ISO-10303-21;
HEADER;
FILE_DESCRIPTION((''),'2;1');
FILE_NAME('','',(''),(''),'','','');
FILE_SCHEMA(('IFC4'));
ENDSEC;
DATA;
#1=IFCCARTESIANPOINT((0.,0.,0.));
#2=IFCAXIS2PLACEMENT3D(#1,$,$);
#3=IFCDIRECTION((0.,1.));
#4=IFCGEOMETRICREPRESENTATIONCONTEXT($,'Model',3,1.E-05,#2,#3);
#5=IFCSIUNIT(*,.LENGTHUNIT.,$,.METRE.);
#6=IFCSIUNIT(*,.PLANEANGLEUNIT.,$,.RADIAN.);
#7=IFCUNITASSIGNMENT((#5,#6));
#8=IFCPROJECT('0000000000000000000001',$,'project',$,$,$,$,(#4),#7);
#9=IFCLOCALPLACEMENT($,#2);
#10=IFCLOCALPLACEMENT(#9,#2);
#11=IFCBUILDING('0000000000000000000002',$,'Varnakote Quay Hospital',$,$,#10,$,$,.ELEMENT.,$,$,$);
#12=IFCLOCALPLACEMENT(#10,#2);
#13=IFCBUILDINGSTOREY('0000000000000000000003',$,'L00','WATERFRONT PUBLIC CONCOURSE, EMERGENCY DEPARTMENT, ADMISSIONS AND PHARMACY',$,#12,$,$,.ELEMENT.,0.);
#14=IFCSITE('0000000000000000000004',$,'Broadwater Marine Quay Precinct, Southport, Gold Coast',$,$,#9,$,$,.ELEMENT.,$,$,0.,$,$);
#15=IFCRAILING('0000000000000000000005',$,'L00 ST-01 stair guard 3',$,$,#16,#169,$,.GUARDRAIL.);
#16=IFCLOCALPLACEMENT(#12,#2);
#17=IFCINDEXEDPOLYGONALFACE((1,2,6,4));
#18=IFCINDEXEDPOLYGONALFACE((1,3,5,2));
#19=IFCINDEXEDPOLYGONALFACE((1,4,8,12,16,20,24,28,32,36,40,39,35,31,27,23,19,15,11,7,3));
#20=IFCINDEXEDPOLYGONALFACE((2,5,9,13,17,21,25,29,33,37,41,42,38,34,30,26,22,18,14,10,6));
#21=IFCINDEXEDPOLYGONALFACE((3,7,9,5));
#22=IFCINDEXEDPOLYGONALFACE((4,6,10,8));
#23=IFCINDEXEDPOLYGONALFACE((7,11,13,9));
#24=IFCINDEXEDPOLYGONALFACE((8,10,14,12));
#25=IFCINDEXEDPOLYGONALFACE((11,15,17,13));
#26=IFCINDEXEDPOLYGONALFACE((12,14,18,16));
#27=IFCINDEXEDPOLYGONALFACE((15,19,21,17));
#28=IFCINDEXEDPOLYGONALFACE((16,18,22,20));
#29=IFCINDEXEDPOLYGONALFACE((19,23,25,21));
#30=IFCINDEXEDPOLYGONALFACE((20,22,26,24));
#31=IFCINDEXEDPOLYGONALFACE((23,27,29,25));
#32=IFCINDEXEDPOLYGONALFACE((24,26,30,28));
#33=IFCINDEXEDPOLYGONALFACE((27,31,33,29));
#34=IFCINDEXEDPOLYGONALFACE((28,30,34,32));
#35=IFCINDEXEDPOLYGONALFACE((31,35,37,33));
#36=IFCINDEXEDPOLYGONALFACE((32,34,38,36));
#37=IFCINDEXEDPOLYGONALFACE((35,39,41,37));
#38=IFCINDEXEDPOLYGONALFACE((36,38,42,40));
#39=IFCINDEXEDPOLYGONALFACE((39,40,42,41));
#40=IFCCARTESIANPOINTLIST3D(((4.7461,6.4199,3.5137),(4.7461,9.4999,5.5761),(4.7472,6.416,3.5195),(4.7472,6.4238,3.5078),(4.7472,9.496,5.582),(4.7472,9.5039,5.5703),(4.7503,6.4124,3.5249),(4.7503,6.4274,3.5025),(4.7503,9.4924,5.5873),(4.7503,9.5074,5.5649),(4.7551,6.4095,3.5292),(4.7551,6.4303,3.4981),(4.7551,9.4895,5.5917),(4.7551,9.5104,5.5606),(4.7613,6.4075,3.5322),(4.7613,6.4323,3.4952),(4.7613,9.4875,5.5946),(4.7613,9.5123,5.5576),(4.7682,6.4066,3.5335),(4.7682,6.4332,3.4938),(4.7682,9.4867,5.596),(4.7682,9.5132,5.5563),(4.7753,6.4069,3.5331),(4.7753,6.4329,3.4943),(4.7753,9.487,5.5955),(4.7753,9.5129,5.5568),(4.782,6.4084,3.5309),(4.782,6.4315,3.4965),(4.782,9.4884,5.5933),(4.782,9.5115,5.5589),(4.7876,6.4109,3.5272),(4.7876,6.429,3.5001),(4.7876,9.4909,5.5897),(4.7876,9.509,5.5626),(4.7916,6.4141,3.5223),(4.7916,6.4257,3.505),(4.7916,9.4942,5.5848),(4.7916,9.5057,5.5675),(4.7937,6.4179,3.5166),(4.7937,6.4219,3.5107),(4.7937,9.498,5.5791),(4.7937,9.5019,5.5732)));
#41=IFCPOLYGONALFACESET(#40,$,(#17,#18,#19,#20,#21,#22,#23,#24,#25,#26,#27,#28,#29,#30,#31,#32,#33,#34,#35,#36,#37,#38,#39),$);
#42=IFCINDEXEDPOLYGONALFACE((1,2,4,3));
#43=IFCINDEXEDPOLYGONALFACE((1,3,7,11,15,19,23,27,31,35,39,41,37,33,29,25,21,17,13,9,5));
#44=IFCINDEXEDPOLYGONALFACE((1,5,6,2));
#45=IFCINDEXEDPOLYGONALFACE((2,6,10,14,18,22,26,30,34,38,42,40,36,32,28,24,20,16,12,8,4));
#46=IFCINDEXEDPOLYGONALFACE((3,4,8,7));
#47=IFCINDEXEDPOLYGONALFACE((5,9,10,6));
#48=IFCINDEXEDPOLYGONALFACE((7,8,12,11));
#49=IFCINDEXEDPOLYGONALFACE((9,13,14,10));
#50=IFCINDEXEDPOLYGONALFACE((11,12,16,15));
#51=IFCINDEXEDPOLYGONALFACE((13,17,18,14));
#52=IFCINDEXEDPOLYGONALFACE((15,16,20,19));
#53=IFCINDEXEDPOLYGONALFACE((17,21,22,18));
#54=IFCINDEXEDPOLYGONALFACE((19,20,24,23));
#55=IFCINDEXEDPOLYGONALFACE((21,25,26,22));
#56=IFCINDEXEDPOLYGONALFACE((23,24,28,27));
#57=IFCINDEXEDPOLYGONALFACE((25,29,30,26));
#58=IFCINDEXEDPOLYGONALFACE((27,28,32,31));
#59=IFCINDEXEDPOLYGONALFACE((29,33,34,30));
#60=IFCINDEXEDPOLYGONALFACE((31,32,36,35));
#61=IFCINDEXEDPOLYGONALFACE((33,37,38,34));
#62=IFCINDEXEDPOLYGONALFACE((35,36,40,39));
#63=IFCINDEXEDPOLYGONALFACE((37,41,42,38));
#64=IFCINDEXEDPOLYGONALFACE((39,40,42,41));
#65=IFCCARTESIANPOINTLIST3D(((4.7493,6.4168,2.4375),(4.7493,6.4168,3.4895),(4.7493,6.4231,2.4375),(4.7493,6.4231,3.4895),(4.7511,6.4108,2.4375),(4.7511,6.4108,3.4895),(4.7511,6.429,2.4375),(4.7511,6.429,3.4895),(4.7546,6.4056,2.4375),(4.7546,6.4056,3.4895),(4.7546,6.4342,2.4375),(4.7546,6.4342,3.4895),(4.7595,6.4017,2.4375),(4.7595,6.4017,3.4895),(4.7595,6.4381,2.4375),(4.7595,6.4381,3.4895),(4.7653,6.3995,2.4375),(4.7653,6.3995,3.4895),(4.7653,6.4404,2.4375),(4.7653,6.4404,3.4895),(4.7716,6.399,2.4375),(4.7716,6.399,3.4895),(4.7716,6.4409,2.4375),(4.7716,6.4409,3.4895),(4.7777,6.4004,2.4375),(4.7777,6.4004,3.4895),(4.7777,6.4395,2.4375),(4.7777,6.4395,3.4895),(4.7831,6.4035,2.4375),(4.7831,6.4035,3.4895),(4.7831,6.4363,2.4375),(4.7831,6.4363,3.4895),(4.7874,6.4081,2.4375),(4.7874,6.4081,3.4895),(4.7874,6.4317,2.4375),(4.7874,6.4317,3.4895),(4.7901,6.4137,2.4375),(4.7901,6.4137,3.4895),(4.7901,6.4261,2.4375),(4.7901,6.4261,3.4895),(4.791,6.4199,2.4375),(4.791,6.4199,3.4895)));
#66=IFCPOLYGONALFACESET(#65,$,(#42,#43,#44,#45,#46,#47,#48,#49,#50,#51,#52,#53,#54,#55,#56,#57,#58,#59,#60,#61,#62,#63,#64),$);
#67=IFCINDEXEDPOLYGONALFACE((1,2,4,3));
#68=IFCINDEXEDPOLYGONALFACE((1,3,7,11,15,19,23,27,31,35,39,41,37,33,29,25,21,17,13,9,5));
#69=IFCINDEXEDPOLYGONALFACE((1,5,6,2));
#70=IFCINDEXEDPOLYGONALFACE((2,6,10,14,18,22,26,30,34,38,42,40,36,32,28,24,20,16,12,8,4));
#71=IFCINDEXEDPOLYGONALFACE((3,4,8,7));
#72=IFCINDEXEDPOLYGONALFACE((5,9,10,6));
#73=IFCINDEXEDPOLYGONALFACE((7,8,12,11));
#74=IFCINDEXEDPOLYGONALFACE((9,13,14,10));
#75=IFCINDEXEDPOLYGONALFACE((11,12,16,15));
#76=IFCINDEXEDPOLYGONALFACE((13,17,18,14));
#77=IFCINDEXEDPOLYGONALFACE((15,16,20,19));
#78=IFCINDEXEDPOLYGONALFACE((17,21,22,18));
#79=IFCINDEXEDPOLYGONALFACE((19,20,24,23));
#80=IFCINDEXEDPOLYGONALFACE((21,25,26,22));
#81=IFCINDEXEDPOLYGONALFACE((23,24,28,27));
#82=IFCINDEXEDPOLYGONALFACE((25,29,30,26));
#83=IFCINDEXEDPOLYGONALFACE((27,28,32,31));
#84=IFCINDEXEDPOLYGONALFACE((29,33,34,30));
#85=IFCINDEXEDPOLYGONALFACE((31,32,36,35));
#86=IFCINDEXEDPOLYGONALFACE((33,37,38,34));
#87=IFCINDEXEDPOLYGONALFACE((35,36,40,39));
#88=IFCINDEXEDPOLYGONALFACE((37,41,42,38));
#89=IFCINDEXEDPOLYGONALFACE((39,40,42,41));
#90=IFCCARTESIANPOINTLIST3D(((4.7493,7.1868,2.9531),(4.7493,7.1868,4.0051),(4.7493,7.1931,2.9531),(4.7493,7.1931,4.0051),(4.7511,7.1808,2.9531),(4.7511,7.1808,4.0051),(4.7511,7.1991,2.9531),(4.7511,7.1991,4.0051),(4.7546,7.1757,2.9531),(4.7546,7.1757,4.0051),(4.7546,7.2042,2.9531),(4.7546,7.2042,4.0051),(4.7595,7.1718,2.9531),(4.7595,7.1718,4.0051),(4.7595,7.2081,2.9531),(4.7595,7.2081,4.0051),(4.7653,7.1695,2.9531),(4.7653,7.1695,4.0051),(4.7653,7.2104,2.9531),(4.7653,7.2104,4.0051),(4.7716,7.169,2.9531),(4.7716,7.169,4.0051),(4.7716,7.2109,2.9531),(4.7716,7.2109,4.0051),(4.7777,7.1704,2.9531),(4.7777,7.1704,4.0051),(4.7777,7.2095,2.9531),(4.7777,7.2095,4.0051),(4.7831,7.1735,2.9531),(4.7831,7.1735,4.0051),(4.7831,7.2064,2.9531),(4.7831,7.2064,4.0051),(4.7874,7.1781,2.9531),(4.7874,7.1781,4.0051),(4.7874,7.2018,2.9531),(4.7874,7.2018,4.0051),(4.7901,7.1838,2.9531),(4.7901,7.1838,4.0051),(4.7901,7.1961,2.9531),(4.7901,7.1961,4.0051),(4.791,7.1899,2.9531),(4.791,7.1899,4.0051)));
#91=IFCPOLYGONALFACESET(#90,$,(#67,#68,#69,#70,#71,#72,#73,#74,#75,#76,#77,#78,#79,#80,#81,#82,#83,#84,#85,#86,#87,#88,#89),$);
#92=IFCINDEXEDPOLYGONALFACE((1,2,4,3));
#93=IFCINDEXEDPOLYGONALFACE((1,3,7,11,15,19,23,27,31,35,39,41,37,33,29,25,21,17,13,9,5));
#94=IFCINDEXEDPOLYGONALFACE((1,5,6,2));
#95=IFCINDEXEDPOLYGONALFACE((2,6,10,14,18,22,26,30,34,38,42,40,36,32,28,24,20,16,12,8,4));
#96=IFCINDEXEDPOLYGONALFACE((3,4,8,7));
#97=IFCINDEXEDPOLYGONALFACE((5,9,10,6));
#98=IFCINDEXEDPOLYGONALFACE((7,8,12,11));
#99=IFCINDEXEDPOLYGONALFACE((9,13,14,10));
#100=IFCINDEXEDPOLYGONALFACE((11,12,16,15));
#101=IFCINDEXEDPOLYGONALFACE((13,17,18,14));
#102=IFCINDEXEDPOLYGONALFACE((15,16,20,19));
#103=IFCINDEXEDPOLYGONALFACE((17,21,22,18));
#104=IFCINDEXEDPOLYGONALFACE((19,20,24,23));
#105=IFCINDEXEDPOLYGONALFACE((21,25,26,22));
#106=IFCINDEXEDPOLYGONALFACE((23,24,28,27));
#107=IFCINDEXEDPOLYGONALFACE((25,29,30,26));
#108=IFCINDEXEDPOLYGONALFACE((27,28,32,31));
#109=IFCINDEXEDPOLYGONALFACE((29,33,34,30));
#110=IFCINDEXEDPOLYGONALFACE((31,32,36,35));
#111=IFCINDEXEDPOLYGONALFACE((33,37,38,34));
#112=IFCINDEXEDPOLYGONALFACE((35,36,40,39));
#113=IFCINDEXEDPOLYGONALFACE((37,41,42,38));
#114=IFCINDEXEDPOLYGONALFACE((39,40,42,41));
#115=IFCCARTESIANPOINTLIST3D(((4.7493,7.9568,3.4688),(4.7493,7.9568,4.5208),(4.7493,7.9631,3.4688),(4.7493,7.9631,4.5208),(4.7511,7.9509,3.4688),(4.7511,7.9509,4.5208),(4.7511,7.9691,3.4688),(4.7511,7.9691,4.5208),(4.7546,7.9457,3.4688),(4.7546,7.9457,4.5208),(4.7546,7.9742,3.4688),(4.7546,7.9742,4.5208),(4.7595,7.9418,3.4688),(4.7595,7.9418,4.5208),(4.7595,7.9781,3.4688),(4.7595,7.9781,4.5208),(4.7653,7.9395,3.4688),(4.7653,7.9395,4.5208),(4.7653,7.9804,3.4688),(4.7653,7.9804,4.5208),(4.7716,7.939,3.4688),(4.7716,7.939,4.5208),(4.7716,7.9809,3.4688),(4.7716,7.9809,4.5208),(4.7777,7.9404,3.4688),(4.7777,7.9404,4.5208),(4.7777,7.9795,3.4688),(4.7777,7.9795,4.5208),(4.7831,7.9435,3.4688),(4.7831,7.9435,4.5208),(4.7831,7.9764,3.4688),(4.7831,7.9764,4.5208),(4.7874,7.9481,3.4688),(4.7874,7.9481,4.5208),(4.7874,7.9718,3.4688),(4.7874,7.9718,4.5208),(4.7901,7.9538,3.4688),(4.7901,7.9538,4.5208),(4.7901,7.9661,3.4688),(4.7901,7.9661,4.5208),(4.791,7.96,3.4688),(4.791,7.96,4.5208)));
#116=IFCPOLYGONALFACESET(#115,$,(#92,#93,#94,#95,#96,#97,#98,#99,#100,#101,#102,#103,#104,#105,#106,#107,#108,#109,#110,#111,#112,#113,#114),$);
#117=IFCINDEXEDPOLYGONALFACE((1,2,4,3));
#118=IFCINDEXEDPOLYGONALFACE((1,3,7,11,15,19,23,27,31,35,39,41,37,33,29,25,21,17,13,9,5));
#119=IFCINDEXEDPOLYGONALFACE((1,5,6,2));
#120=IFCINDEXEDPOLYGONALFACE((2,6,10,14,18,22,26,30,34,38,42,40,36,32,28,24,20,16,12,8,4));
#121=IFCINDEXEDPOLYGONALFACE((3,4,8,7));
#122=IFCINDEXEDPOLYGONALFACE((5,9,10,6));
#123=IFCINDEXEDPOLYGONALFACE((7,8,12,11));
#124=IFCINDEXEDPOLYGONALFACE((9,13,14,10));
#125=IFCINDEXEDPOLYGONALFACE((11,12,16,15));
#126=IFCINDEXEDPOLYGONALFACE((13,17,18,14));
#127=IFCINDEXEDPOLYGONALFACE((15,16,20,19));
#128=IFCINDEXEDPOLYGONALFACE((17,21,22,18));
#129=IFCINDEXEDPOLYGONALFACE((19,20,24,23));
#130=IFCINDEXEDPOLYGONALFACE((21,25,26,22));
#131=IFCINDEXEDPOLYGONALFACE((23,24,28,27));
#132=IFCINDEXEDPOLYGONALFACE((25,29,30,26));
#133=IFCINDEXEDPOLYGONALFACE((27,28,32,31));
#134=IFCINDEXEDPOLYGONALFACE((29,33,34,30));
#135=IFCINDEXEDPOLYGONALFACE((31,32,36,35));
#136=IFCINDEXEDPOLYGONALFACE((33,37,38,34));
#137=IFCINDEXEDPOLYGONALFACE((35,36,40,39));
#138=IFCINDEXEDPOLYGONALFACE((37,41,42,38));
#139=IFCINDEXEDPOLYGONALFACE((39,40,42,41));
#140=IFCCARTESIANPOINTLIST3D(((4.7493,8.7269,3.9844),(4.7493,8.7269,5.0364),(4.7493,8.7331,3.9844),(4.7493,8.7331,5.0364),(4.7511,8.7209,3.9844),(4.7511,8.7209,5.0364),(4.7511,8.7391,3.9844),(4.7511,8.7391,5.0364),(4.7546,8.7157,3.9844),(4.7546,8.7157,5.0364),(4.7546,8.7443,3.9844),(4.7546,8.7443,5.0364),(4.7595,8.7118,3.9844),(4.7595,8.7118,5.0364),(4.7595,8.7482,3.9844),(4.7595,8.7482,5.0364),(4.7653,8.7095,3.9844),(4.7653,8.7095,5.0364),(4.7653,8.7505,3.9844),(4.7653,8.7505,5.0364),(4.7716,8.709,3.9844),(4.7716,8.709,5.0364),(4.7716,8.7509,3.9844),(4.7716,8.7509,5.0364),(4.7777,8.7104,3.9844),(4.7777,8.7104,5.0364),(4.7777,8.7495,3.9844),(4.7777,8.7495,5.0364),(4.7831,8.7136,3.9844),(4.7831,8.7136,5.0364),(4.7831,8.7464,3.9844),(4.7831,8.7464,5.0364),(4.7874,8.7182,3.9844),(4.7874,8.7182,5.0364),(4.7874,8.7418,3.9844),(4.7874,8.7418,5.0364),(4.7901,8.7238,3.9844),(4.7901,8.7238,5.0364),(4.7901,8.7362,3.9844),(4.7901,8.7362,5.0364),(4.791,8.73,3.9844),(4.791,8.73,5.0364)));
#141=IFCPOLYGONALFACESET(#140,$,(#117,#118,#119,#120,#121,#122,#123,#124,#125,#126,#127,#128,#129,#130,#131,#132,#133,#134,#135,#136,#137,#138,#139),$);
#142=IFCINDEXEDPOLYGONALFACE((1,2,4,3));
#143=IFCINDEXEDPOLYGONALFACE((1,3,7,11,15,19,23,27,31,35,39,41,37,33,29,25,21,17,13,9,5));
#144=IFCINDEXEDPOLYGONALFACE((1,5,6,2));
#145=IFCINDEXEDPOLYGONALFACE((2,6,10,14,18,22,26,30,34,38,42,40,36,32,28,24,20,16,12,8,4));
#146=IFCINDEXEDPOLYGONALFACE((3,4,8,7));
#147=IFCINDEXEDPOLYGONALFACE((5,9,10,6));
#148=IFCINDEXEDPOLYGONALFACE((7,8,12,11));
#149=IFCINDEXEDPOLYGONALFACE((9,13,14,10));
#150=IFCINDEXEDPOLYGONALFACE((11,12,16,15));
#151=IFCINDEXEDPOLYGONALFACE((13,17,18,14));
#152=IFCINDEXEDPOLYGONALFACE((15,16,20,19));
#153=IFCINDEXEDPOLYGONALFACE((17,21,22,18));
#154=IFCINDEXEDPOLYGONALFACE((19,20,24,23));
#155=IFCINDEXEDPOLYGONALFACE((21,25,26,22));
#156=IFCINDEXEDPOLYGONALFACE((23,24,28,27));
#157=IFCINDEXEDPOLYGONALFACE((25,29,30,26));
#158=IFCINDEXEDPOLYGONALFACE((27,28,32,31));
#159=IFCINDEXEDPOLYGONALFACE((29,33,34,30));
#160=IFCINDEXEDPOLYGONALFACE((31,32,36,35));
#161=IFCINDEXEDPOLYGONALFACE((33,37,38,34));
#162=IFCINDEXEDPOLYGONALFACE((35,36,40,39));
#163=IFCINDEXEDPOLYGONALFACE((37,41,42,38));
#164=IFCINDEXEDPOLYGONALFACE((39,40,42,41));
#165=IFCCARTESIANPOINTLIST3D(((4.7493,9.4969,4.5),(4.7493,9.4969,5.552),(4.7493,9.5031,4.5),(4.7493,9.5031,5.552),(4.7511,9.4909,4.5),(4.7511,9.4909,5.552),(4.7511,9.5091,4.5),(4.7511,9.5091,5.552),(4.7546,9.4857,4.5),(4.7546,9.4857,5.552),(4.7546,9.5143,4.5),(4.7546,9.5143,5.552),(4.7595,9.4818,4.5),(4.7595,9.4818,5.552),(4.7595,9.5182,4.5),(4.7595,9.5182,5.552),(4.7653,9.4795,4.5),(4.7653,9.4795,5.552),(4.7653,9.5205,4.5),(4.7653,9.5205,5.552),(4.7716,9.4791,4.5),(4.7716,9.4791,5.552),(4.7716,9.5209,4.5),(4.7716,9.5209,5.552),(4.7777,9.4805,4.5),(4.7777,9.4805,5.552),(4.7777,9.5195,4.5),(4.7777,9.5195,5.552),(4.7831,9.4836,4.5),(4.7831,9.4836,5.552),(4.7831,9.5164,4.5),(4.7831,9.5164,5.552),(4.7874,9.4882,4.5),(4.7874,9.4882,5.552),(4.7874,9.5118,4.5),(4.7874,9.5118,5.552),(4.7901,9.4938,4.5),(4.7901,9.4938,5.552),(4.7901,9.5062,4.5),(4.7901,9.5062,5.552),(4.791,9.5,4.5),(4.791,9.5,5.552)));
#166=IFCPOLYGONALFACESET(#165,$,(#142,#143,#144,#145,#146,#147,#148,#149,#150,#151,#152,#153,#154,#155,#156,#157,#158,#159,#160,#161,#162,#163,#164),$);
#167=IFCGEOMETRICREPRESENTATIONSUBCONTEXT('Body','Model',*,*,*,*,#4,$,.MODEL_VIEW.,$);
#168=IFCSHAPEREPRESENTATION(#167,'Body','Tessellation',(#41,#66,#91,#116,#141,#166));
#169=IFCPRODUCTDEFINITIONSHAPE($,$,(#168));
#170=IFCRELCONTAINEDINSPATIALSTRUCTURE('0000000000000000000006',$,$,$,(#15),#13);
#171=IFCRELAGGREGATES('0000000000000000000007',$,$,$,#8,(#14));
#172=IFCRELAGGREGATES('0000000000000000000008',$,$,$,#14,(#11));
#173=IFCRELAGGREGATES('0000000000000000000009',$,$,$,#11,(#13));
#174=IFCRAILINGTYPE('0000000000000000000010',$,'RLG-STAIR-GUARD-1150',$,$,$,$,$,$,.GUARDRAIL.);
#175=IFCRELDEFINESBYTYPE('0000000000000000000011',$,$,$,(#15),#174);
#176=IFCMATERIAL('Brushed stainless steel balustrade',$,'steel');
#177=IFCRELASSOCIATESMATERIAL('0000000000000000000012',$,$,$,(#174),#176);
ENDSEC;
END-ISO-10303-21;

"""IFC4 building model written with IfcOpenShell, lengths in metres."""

from ifc_helpers import new_model, si_unit, direction, frame, origin, origin_2d, place, context, subcontext, project, spatial, circle, extrude, material, type_object, element, save


model = new_model("IFC4")

# Units and contexts
model_context = context("Model", 3, precision=1e-05, world=origin(), true_north=direction((0.0, 1.0)))
body_context = subcontext(model_context, "Body", "Model", "MODEL_VIEW")
ifc_project = project(units=[si_unit("LENGTHUNIT", "METRE"), si_unit("PLANEANGLEUNIT", "RADIAN")], contexts=[model_context])

# Site, building, storey
site_placement = place(None, origin())
site = spatial("IfcSite", under=ifc_project, at=site_placement, Name="Broadwater Marine Quay Precinct, Southport, Gold Coast", CompositionType="ELEMENT", RefElevation=0.0)
building_placement = place(site_placement, origin())
building = spatial("IfcBuilding", under=site, at=building_placement, Name="Varnakote Quay Hospital", CompositionType="ELEMENT")
storey_placement = place(building_placement, origin())
storey = spatial("IfcBuildingStorey", under=building, at=storey_placement, Name="L00", Description="WATERFRONT PUBLIC CONCOURSE, EMERGENCY DEPARTMENT, ADMISSIONS AND PHARMACY", CompositionType="ELEMENT", Elevation=0.0)

# Railing
ifc_material_1 = material(Name="Brushed stainless steel balustrade", Category="steel")
railing_type_1 = type_object("IfcRailingType", Name="RLG-STAIR-GUARD-1150", PredefinedType="GUARDRAIL", material=ifc_material_1)
railing_1_placement = place(storey_placement, frame((4.77, 6.4199, 2.4375)))
element("IfcRailing", 1, at=railing_1_placement, inside=storey, type_object=railing_type_1, Name="L00 ST-01 stair guard 3", PredefinedType="GUARDRAIL", context=body_context, shape_type="SweptSolid", body=[
    extrude(circle(Radius=0.0239, at=origin_2d()), frame((0.0, 0.0, 1.0762), z_axis=(0.0, 0.830914, 0.556401), x_axis=(-1.0, 0.0, 0.0)), (0.0, 0.0, 1.0), 3.7068),
    extrude(circle(Radius=0.021, at=origin_2d()), origin(), (0.0, 0.0, 1.0), 1.052),
    extrude(circle(Radius=0.021, at=origin_2d()), frame((0.0, 0.77, 0.5156)), (0.0, 0.0, 1.0), 1.052),
    extrude(circle(Radius=0.021, at=origin_2d()), frame((0.0, 1.54, 1.0312)), (0.0, 0.0, 1.0), 1.052),
    extrude(circle(Radius=0.021, at=origin_2d()), frame((0.0, 2.3101, 1.5469)), (0.0, 0.0, 1.0), 1.052),
    extrude(circle(Radius=0.021, at=origin_2d()), frame((0.0, 3.0801, 2.0625)), (0.0, 0.0, 1.0), 1.052),
])

save(model, "model.ifc")
